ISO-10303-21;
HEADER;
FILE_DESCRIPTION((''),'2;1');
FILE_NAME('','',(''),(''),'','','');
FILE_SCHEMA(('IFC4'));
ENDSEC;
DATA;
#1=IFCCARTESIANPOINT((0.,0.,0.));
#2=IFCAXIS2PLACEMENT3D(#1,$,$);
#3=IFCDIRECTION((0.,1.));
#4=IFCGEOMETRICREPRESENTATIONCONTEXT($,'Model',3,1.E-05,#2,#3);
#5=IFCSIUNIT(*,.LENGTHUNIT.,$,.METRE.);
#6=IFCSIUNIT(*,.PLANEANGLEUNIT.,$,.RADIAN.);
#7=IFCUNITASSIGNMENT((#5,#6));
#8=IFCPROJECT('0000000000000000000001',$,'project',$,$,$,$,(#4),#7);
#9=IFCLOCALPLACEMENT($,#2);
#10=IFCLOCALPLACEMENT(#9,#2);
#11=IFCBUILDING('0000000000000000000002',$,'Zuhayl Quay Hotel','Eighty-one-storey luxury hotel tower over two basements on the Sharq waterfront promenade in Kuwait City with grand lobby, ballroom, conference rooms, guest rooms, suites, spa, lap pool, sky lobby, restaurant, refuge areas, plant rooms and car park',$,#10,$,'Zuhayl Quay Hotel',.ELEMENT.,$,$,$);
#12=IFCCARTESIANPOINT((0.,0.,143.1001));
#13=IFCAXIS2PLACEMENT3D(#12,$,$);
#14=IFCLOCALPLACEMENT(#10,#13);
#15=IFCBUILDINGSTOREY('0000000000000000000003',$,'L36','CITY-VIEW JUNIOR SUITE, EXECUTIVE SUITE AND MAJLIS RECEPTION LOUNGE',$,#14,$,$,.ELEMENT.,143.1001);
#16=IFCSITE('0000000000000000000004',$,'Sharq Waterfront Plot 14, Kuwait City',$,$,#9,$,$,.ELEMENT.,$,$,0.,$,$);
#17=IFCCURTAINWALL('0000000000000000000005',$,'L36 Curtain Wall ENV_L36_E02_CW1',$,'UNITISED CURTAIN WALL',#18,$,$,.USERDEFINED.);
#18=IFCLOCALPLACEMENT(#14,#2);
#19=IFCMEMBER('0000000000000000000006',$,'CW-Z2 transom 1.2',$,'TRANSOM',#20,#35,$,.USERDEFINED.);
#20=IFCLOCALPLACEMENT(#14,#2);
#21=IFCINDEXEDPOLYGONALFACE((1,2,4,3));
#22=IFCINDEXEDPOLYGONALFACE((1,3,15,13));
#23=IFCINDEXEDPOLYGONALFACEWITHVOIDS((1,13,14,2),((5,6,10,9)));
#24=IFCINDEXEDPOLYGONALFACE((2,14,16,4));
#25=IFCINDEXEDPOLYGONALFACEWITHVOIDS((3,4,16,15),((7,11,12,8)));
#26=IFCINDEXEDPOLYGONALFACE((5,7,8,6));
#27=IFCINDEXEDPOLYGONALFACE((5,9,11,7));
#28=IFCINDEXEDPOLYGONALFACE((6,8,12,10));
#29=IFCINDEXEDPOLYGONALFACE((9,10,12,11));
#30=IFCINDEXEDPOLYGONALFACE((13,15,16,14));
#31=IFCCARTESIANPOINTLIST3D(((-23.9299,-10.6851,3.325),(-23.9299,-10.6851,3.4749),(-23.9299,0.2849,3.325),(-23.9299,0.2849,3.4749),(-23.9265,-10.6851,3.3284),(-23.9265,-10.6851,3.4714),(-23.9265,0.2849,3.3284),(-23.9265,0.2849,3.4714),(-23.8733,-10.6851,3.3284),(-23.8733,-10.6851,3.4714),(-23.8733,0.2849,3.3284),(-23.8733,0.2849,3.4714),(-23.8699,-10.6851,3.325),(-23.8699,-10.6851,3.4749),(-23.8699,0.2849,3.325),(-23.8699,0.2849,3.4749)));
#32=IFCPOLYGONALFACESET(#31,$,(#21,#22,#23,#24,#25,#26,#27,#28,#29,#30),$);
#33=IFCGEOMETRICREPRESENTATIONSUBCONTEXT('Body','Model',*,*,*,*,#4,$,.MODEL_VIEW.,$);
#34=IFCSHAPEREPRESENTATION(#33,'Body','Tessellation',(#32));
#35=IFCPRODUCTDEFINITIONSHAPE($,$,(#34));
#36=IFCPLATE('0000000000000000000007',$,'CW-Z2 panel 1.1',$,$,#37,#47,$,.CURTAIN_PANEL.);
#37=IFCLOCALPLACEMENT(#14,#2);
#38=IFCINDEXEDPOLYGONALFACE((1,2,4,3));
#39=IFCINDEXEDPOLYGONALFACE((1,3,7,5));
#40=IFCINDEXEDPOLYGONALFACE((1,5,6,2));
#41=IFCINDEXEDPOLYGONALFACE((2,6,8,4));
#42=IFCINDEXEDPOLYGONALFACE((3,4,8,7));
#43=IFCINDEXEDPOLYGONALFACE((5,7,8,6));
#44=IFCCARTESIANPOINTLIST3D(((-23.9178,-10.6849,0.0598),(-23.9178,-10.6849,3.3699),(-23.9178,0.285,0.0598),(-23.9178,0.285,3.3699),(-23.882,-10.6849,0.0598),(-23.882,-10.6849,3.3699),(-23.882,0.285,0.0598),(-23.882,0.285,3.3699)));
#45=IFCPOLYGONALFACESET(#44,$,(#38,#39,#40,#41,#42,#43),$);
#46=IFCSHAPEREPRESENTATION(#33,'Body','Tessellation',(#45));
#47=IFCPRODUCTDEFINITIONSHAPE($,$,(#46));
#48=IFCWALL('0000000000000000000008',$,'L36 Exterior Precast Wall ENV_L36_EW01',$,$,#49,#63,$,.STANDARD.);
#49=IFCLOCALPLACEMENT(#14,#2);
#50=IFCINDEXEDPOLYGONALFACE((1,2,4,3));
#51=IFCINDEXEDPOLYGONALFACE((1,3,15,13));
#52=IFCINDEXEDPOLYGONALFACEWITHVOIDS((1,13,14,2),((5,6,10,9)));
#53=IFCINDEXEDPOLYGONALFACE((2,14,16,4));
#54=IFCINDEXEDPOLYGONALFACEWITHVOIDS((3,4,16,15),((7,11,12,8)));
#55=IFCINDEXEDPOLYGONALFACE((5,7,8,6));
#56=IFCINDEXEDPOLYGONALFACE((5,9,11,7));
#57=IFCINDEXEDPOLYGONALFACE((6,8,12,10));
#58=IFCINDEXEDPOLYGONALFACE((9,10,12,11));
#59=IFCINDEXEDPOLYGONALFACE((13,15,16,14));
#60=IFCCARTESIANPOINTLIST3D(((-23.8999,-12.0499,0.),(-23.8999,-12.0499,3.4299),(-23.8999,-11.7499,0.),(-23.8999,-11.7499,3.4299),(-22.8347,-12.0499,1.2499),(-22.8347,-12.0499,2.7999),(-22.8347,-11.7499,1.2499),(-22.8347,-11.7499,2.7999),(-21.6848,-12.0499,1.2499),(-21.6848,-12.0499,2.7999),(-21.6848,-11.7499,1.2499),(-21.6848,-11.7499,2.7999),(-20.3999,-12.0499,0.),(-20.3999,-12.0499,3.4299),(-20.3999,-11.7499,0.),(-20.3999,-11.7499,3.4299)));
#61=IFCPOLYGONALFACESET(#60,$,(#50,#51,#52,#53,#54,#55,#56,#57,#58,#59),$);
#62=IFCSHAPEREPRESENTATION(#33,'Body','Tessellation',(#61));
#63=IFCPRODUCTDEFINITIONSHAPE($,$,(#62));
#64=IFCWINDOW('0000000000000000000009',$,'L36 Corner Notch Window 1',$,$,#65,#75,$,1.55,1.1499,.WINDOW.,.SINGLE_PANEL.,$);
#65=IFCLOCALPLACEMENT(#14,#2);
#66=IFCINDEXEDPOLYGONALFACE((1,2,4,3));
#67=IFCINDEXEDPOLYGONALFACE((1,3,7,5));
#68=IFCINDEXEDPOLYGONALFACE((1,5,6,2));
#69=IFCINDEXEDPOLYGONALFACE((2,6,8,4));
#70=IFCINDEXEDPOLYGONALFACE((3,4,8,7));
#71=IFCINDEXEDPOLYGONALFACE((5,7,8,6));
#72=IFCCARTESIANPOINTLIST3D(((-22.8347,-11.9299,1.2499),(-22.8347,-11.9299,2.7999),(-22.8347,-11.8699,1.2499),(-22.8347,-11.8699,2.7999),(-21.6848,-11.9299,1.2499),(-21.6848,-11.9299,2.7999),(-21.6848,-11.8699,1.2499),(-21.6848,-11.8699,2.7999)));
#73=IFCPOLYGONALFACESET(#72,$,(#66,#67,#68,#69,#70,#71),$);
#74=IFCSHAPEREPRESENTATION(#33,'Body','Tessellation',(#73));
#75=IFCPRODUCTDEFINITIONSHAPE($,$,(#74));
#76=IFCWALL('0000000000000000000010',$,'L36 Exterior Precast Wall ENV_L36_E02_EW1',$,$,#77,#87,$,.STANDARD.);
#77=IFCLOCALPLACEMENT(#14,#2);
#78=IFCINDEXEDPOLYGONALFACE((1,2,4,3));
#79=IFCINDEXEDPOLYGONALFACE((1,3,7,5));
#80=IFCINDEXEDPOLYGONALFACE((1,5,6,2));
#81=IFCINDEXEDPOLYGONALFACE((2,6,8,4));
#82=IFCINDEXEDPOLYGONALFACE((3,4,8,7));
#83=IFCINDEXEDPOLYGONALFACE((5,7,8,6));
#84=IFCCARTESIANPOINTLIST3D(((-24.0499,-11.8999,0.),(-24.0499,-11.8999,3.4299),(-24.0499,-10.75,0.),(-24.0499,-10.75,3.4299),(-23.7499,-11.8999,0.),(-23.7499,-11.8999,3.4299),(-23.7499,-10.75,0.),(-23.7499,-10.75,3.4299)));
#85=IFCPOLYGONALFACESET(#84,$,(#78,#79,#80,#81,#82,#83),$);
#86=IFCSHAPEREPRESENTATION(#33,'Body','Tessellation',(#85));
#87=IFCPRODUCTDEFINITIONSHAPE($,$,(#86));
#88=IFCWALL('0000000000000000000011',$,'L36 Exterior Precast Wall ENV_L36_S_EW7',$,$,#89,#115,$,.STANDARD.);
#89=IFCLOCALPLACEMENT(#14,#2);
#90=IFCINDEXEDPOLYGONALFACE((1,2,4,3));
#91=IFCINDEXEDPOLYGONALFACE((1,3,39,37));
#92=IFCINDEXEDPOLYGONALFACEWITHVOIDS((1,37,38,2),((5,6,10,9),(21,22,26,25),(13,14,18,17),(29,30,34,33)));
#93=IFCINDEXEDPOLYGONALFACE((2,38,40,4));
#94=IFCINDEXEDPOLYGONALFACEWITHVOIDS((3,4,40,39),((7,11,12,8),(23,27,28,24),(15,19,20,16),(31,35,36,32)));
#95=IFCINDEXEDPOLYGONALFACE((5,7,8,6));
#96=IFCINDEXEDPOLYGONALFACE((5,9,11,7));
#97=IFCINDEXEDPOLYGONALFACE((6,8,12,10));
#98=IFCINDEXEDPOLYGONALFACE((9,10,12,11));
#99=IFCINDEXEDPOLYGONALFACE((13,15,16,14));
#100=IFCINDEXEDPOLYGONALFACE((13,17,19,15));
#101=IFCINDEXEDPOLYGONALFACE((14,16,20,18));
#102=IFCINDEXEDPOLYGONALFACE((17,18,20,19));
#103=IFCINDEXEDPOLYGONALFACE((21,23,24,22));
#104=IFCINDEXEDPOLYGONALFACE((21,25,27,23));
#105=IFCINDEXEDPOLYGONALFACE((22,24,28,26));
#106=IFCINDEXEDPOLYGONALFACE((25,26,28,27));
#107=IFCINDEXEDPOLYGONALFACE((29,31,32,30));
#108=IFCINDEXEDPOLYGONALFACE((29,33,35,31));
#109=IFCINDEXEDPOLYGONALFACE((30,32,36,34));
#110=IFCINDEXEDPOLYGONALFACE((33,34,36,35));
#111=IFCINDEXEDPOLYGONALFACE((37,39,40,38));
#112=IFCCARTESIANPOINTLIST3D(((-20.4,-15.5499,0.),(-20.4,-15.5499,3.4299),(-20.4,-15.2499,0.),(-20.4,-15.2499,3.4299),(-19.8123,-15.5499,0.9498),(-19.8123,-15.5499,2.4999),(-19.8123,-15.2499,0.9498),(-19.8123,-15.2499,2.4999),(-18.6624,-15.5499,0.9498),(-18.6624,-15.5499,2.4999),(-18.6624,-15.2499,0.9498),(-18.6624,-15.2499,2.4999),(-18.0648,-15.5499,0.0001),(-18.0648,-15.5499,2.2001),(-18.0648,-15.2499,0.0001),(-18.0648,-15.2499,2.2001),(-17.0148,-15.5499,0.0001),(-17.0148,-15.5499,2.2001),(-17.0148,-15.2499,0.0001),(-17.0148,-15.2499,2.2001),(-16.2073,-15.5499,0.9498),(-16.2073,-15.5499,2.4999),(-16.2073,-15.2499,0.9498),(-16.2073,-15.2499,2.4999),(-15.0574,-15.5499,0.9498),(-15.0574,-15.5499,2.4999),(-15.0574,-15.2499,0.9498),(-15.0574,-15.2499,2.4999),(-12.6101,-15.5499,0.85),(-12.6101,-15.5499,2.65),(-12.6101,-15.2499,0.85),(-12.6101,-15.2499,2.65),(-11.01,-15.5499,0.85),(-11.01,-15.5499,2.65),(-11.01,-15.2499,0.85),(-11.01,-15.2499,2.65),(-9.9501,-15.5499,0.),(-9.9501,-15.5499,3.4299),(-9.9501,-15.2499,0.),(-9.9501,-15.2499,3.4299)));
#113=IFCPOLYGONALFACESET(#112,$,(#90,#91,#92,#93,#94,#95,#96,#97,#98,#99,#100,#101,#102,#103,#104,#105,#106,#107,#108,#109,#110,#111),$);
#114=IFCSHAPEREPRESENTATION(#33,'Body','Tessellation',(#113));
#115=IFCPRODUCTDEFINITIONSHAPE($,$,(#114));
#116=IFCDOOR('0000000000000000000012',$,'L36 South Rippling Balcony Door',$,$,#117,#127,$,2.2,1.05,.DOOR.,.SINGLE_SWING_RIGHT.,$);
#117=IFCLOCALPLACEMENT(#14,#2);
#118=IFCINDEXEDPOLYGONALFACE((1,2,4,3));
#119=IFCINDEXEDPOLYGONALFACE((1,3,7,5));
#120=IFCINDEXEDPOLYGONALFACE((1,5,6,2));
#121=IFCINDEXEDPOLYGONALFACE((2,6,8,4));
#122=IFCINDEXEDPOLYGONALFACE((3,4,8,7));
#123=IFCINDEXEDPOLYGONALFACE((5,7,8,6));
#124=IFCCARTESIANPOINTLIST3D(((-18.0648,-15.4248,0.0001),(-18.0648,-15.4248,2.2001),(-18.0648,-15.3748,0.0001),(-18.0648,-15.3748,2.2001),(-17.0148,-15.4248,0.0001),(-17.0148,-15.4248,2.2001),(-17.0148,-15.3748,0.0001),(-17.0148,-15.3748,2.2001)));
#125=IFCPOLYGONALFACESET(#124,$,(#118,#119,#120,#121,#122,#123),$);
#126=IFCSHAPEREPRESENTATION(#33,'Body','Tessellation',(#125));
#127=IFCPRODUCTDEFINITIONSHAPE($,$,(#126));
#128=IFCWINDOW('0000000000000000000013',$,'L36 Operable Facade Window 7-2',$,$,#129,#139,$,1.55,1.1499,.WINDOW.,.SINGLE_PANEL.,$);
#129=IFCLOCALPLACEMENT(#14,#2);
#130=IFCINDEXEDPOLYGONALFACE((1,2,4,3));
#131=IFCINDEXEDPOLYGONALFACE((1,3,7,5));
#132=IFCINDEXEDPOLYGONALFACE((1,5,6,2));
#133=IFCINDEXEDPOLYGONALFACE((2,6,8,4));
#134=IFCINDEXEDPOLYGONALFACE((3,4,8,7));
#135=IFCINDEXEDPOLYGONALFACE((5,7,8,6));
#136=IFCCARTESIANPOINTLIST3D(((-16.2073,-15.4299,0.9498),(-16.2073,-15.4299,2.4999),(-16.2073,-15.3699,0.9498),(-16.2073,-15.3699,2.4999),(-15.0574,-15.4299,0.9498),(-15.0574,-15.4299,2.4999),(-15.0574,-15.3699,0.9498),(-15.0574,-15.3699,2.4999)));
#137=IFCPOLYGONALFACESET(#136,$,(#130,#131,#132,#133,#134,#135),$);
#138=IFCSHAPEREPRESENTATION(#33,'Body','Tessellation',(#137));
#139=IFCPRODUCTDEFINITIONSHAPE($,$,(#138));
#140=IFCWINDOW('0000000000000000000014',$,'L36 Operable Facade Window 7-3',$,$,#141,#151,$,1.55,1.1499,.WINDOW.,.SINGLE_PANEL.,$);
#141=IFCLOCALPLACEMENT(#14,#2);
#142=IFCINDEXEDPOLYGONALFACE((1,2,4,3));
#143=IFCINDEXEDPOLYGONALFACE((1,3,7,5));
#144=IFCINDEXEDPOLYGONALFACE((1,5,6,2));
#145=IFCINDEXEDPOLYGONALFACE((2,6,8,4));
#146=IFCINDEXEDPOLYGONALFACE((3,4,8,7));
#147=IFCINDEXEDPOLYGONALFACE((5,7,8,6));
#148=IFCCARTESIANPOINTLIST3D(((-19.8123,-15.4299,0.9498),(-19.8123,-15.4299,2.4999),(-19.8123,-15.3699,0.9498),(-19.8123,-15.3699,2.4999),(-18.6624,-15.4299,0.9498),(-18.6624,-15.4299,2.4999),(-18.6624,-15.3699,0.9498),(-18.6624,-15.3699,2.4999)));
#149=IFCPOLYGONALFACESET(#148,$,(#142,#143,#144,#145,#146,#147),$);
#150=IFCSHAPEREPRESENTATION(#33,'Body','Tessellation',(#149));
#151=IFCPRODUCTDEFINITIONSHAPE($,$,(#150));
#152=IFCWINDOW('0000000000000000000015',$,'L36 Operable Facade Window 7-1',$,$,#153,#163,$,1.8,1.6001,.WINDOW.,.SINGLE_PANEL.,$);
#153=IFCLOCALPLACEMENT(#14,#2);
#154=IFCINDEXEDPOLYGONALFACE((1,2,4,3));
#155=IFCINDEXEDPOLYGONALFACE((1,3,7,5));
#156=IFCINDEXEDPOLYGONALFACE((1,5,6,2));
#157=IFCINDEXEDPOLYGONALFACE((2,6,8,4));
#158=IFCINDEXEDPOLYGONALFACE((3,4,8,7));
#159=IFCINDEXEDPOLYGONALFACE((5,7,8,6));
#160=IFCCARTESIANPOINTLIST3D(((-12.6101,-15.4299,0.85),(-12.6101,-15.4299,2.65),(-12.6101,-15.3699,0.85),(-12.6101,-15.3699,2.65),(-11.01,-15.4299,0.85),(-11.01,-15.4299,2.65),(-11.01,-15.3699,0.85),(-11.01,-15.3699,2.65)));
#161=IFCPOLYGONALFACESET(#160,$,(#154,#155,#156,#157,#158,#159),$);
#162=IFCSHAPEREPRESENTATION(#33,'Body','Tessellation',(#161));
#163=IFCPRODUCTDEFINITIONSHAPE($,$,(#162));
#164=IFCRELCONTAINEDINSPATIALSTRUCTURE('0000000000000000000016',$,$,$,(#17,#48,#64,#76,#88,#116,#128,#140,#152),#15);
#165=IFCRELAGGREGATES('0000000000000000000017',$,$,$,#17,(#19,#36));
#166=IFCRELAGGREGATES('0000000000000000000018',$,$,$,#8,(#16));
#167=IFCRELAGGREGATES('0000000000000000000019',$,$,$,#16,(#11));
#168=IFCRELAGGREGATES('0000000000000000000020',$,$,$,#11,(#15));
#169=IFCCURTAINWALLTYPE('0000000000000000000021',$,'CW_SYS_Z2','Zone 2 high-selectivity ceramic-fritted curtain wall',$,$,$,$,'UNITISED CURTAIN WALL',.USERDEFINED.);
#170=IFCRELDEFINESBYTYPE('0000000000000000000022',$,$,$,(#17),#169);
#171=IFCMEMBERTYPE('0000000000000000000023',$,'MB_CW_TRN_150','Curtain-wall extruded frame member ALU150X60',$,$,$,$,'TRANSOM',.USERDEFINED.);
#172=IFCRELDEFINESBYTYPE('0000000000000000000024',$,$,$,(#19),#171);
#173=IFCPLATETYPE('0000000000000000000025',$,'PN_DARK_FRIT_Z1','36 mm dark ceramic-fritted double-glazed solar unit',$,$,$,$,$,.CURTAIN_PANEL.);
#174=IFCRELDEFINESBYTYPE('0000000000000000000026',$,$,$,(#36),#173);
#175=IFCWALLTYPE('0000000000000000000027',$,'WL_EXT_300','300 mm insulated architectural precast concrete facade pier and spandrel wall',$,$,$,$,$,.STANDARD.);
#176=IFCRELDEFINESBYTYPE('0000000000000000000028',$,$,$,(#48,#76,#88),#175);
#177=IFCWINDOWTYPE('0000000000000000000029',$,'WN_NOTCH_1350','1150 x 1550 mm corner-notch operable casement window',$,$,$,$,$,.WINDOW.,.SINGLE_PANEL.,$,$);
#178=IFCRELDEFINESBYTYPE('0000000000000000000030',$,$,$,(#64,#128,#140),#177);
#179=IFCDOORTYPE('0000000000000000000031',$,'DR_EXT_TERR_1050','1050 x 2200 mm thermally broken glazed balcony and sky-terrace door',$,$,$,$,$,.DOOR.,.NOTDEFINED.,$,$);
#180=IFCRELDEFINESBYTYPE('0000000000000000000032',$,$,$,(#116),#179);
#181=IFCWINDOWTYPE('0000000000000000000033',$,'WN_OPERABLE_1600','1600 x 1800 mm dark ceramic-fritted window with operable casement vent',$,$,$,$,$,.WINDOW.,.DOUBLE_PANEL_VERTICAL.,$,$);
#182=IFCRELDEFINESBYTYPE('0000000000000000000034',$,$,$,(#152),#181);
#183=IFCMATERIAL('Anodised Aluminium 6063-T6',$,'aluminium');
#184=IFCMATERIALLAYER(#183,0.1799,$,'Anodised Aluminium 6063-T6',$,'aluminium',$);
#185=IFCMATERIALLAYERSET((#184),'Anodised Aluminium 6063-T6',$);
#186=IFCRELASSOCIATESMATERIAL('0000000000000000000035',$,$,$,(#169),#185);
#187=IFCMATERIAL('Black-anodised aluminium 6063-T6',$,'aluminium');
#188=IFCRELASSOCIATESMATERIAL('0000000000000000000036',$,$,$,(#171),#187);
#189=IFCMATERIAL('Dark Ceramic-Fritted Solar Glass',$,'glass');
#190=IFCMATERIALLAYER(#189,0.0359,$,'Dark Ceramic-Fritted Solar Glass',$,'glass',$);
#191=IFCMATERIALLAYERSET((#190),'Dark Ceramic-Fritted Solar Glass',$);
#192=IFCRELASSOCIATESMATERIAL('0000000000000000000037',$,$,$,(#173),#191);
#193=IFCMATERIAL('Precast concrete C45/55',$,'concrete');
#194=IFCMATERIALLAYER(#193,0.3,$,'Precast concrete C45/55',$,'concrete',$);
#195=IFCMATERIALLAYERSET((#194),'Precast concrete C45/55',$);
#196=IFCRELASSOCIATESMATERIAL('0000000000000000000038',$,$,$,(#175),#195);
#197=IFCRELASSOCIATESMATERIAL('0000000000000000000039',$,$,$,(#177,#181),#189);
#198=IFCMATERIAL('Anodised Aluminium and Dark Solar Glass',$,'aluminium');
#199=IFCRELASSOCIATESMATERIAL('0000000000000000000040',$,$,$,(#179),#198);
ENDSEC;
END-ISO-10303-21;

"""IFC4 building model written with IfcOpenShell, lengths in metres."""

from ifc_helpers import new_model, si_unit, direction, frame, frame_2d, origin, origin_2d, place, context, subcontext, project, spatial, rectangle, hollow_rectangle, extrude, material, layer, layer_set, material_profile, profile_set, type_object, element, fill, aggregate, save


model = new_model("IFC4")

# Units and contexts
model_context = context("Model", 3, precision=1e-05, world=origin(), true_north=direction((0.0, 1.0)))
body_context = subcontext(model_context, "Body", "Model", "MODEL_VIEW")
ifc_project = project(units=[si_unit("LENGTHUNIT", "METRE"), si_unit("PLANEANGLEUNIT", "RADIAN")], contexts=[model_context])

# Site, building, storey
site_placement = place(None, origin())
site = spatial("IfcSite", under=ifc_project, at=site_placement, Name="Sharq Waterfront Plot 14, Kuwait City", CompositionType="ELEMENT", RefElevation=0.0)
building_placement = place(site_placement, origin())
building = spatial("IfcBuilding", under=site, at=building_placement, Name="Zuhayl Quay Hotel", Description="Eighty-one-storey luxury hotel tower over two basements on the Sharq waterfront promenade in Kuwait City with grand lobby, ballroom, conference rooms, guest rooms, suites, spa, lap pool, sky lobby, restaurant, refuge areas, plant rooms and car park", LongName="Zuhayl Quay Hotel", CompositionType="ELEMENT")
storey_placement = place(building_placement, frame((0.0, 0.0, 143.1001)))
storey = spatial("IfcBuildingStorey", under=building, at=storey_placement, Name="L36", Description="CITY-VIEW JUNIOR SUITE, EXECUTIVE SUITE AND MAJLIS RECEPTION LOUNGE", CompositionType="ELEMENT", Elevation=143.1001)

# Curtain wall
ifc_material_1 = material(Name="Anodised Aluminium 6063-T6", Category="aluminium")
ifc_layer_1 = layer(ifc_material_1, 0.1799, Name="Anodised Aluminium 6063-T6", Category="aluminium")
ifc_layer_set_1 = layer_set([ifc_layer_1], Name="Anodised Aluminium 6063-T6")
curtain_wall_type = type_object("IfcCurtainWallType", Name="CW_SYS_Z2", Description="Zone 2 high-selectivity ceramic-fritted curtain wall", ElementType="UNITISED CURTAIN WALL", PredefinedType="USERDEFINED", material=ifc_layer_set_1)
curtain_wall_1_placement = place(storey_placement, origin())
curtain_wall_1 = element("IfcCurtainWall", 1, at=curtain_wall_1_placement, inside=storey, type_object=curtain_wall_type, Name="L36 Curtain Wall ENV_L36_E02_CW1", ObjectType="UNITISED CURTAIN WALL", PredefinedType="USERDEFINED")
ifc_material_2 = material(Name="Black-anodised aluminium 6063-T6", Category="aluminium")

# Member
ifc_material_profile_1 = material_profile(ifc_material_2, hollow_rectangle(XDim=0.0601, YDim=0.1499, WallThickness=0.0034, at=origin_2d()), Name="ALU150X60")
ifc_profile_set_1 = profile_set([ifc_material_profile_1], Name="Black-anodised aluminium 6063-T6")
member_type_1 = type_object("IfcMemberType", Name="MB_CW_TRN_150", Description="Curtain-wall extruded frame member ALU150X60", ElementType="TRANSOM", PredefinedType="USERDEFINED", material=ifc_profile_set_1)
member_1_placement = place(storey_placement, frame((-23.8999, -10.6851, 3.3999), z_axis=(0.0, 1.0, 0.0), x_axis=(-1.0, 0.0, 0.0)))
member_1 = element("IfcMember", 2, at=member_1_placement, type_object=member_type_1, Name="CW-Z2 transom 1.2", ObjectType="TRANSOM", PredefinedType="USERDEFINED", context=body_context, shape_type="SweptSolid", body=[
    extrude(hollow_rectangle(XDim=0.0601, YDim=0.1499, WallThickness=0.0034, at=origin_2d()), origin(), (0.0, 0.0, 1.0), 10.97),
])

# Plate
ifc_material_3 = material(Name="Dark Ceramic-Fritted Solar Glass", Category="glass")
ifc_layer_2 = layer(ifc_material_3, 0.0359, Name="Dark Ceramic-Fritted Solar Glass", Category="glass")
ifc_layer_set_2 = layer_set([ifc_layer_2], Name="Dark Ceramic-Fritted Solar Glass")
plate_type = type_object("IfcPlateType", Name="PN_DARK_FRIT_Z1", Description="36 mm dark ceramic-fritted double-glazed solar unit", PredefinedType="CURTAIN_PANEL", material=ifc_layer_set_2)
plate_placement = place(storey_placement, frame((-23.8999, -5.2, 0.0598), z_axis=(0.0, 0.0, 1.0), x_axis=(0.0, 1.0, 0.0)))
plate = element("IfcPlate", 3, at=plate_placement, type_object=plate_type, Name="CW-Z2 panel 1.1", PredefinedType="CURTAIN_PANEL", context=body_context, shape_type="SweptSolid", body=[
    extrude(rectangle(XDim=10.97, YDim=0.0359, at=origin_2d()), origin(), (0.0, 0.0, 1.0), 3.3101),
])
aggregate(curtain_wall_1, [member_1, plate])

# Wall, opening, window
ifc_material_4 = material(Name="Precast concrete C45/55", Category="concrete")
ifc_layer_3 = layer(ifc_material_4, 0.3, Name="Precast concrete C45/55", Category="concrete")
ifc_layer_set_3 = layer_set([ifc_layer_3], Name="Precast concrete C45/55")
wall_type_1 = type_object("IfcWallType", Name="WL_EXT_300", Description="300 mm insulated architectural precast concrete facade pier and spandrel wall", PredefinedType="STANDARD", material=ifc_layer_set_3)
wall_1_placement = place(storey_placement, frame((-20.3999, -11.8999, 0.0), z_axis=(0.0, 0.0, 1.0), x_axis=(-1.0, 0.0, 0.0)))
wall_1 = element("IfcWall", 4, at=wall_1_placement, inside=storey, type_object=wall_type_1, Name="L36 Exterior Precast Wall ENV_L36_EW01", PredefinedType="STANDARD", context=body_context, shape_type="SweptSolid", body=[
    extrude(rectangle(XDim=3.5, YDim=0.3, at=frame_2d((1.75, 0.0))), origin(), (0.0, 0.0, 1.0), 3.4299),
])
opening_1_placement = place(wall_1_placement, frame((1.2849, 0.0, 1.25)))
opening_1 = element("IfcOpeningElement", 5, at=opening_1_placement, cuts=wall_1, PredefinedType="OPENING", context=body_context, shape_type="SweptSolid", body=[
    extrude(rectangle(XDim=1.1499, YDim=1.55, at=frame_2d((0.575, 0.7749))), frame((0.0, 0.1599, 0.0), z_axis=(0.0, -1.0, 0.0), x_axis=(1.0, 0.0, 0.0)), (0.0, 0.0, 1.0), 0.3201),
])
window_type_1 = type_object("IfcWindowType", Name="WN_NOTCH_1350", Description="1150 x 1550 mm corner-notch operable casement window", PartitioningType="SINGLE_PANEL", PredefinedType="WINDOW", material=ifc_material_3)
window_1_placement = place(opening_1_placement, origin())
window_1 = element("IfcWindow", 6, at=window_1_placement, inside=storey, type_object=window_type_1, Name="L36 Corner Notch Window 1", OverallHeight=1.55, OverallWidth=1.1499, PartitioningType="SINGLE_PANEL", PredefinedType="WINDOW", context=body_context, shape_type="SweptSolid", body=[
    extrude(rectangle(XDim=1.1499, YDim=1.55, at=frame_2d((0.575, 0.7749))), frame((0.0, 0.03, 0.0), z_axis=(0.0, -1.0, 0.0), x_axis=(1.0, 0.0, 0.0)), (0.0, 0.0, 1.0), 0.0601),
])
fill(opening_1, window_1)

# Wall
wall_2_placement = place(storey_placement, frame((-23.8999, -11.8999, 0.0), z_axis=(0.0, 0.0, 1.0), x_axis=(0.0, 1.0, 0.0)))
element("IfcWall", 7, at=wall_2_placement, inside=storey, type_object=wall_type_1, Name="L36 Exterior Precast Wall ENV_L36_E02_EW1", PredefinedType="STANDARD", context=body_context, shape_type="SweptSolid", body=[
    extrude(rectangle(XDim=1.1499, YDim=0.3, at=frame_2d((0.575, 0.0))), origin(), (0.0, 0.0, 1.0), 3.4299),
])

# Wall, openings, door, windows
wall_3_placement = place(storey_placement, frame((-9.95, -15.3999, 0.0), z_axis=(0.0, 0.0, 1.0), x_axis=(-1.0, 0.0, 0.0)))
wall_3 = element("IfcWall", 8, at=wall_3_placement, inside=storey, type_object=wall_type_1, Name="L36 Exterior Precast Wall ENV_L36_S_EW7", PredefinedType="STANDARD", context=body_context, shape_type="SweptSolid", body=[
    extrude(rectangle(XDim=10.45, YDim=0.3, at=frame_2d((5.2251, 0.0))), origin(), (0.0, 0.0, 1.0), 3.4299),
])
opening_2_placement = place(wall_3_placement, frame((7.0649, 0.0, 0.0)))
opening_2 = element("IfcOpeningElement", 9, at=opening_2_placement, cuts=wall_3, PredefinedType="OPENING", context=body_context, shape_type="SweptSolid", body=[
    extrude(rectangle(XDim=1.05, YDim=2.2, at=frame_2d((0.5249, 1.1001))), frame((0.0, 0.1599, 0.0), z_axis=(0.0, -1.0, 0.0), x_axis=(1.0, 0.0, 0.0)), (0.0, 0.0, 1.0), 0.3201),
])
opening_3_placement = place(wall_3_placement, frame((1.0601, 0.0, 0.8501)))
opening_3 = element("IfcOpeningElement", 10, at=opening_3_placement, cuts=wall_3, PredefinedType="OPENING", context=body_context, shape_type="SweptSolid", body=[
    extrude(rectangle(XDim=1.6001, YDim=1.8, at=frame_2d((0.8, 0.8999))), frame((0.0, 0.1599, 0.0), z_axis=(0.0, -1.0, 0.0), x_axis=(1.0, 0.0, 0.0)), (0.0, 0.0, 1.0), 0.3201),
])
opening_4_placement = place(wall_3_placement, frame((5.1074, 0.0, 0.95)))
opening_4 = element("IfcOpeningElement", 11, at=opening_4_placement, cuts=wall_3, PredefinedType="OPENING", context=body_context, shape_type="SweptSolid", body=[
    extrude(rectangle(XDim=1.1499, YDim=1.55, at=frame_2d((0.575, 0.7749))), frame((0.0, 0.1599, 0.0), z_axis=(0.0, -1.0, 0.0), x_axis=(1.0, 0.0, 0.0)), (0.0, 0.0, 1.0), 0.3201),
])
opening_5_placement = place(wall_3_placement, frame((8.7124, 0.0, 0.95)))
opening_5 = element("IfcOpeningElement", 12, at=opening_5_placement, cuts=wall_3, PredefinedType="OPENING", context=body_context, shape_type="SweptSolid", body=[
    extrude(rectangle(XDim=1.1499, YDim=1.55, at=frame_2d((0.575, 0.7749))), frame((0.0, 0.1599, 0.0), z_axis=(0.0, -1.0, 0.0), x_axis=(1.0, 0.0, 0.0)), (0.0, 0.0, 1.0), 0.3201),
])
ifc_material_5 = material(Name="Anodised Aluminium and Dark Solar Glass", Category="aluminium")
door_type_1 = type_object("IfcDoorType", Name="DR_EXT_TERR_1050", Description="1050 x 2200 mm thermally broken glazed balcony and sky-terrace door", OperationType="NOTDEFINED", PredefinedType="DOOR", material=ifc_material_5)
door_1_placement = place(opening_2_placement, origin())
door_1 = element("IfcDoor", 13, at=door_1_placement, inside=storey, type_object=door_type_1, Name="L36 South Rippling Balcony Door", OperationType="SINGLE_SWING_RIGHT", OverallHeight=2.2, OverallWidth=1.05, PredefinedType="DOOR", context=body_context, shape_type="SweptSolid", body=[
    extrude(rectangle(XDim=1.05, YDim=2.2, at=frame_2d((0.5249, 1.1001))), frame((0.0, 0.0249, 0.0), z_axis=(0.0, -1.0, 0.0), x_axis=(1.0, 0.0, 0.0)), (0.0, 0.0, 1.0), 0.05),
])
fill(opening_2, door_1)
window_2_placement = place(opening_4_placement, origin())
window_2 = element("IfcWindow", 14, at=window_2_placement, inside=storey, type_object=window_type_1, Name="L36 Operable Facade Window 7-2", OverallHeight=1.55, OverallWidth=1.1499, PartitioningType="SINGLE_PANEL", PredefinedType="WINDOW", context=body_context, shape_type="SweptSolid", body=[
    extrude(rectangle(XDim=1.1499, YDim=1.55, at=frame_2d((0.575, 0.7749))), frame((0.0, 0.03, 0.0), z_axis=(0.0, -1.0, 0.0), x_axis=(1.0, 0.0, 0.0)), (0.0, 0.0, 1.0), 0.0601),
])
fill(opening_4, window_2)
window_3_placement = place(opening_5_placement, origin())
window_3 = element("IfcWindow", 15, at=window_3_placement, inside=storey, type_object=window_type_1, Name="L36 Operable Facade Window 7-3", OverallHeight=1.55, OverallWidth=1.1499, PartitioningType="SINGLE_PANEL", PredefinedType="WINDOW", context=body_context, shape_type="SweptSolid", body=[
    extrude(rectangle(XDim=1.1499, YDim=1.55, at=frame_2d((0.575, 0.7749))), frame((0.0, 0.03, 0.0), z_axis=(0.0, -1.0, 0.0), x_axis=(1.0, 0.0, 0.0)), (0.0, 0.0, 1.0), 0.0601),
])
fill(opening_5, window_3)
window_type_2 = type_object("IfcWindowType", Name="WN_OPERABLE_1600", Description="1600 x 1800 mm dark ceramic-fritted window with operable casement vent", PartitioningType="DOUBLE_PANEL_VERTICAL", PredefinedType="WINDOW", material=ifc_material_3)
window_4_placement = place(opening_3_placement, origin())
window_4 = element("IfcWindow", 16, at=window_4_placement, inside=storey, type_object=window_type_2, Name="L36 Operable Facade Window 7-1", OverallHeight=1.8, OverallWidth=1.6001, PartitioningType="SINGLE_PANEL", PredefinedType="WINDOW", context=body_context, shape_type="SweptSolid", body=[
    extrude(rectangle(XDim=1.6001, YDim=1.8, at=frame_2d((0.8, 0.8999))), frame((0.0, 0.03, 0.0), z_axis=(0.0, -1.0, 0.0), x_axis=(1.0, 0.0, 0.0)), (0.0, 0.0, 1.0), 0.0601),
])
fill(opening_3, window_4)

save(model, "model.ifc")
